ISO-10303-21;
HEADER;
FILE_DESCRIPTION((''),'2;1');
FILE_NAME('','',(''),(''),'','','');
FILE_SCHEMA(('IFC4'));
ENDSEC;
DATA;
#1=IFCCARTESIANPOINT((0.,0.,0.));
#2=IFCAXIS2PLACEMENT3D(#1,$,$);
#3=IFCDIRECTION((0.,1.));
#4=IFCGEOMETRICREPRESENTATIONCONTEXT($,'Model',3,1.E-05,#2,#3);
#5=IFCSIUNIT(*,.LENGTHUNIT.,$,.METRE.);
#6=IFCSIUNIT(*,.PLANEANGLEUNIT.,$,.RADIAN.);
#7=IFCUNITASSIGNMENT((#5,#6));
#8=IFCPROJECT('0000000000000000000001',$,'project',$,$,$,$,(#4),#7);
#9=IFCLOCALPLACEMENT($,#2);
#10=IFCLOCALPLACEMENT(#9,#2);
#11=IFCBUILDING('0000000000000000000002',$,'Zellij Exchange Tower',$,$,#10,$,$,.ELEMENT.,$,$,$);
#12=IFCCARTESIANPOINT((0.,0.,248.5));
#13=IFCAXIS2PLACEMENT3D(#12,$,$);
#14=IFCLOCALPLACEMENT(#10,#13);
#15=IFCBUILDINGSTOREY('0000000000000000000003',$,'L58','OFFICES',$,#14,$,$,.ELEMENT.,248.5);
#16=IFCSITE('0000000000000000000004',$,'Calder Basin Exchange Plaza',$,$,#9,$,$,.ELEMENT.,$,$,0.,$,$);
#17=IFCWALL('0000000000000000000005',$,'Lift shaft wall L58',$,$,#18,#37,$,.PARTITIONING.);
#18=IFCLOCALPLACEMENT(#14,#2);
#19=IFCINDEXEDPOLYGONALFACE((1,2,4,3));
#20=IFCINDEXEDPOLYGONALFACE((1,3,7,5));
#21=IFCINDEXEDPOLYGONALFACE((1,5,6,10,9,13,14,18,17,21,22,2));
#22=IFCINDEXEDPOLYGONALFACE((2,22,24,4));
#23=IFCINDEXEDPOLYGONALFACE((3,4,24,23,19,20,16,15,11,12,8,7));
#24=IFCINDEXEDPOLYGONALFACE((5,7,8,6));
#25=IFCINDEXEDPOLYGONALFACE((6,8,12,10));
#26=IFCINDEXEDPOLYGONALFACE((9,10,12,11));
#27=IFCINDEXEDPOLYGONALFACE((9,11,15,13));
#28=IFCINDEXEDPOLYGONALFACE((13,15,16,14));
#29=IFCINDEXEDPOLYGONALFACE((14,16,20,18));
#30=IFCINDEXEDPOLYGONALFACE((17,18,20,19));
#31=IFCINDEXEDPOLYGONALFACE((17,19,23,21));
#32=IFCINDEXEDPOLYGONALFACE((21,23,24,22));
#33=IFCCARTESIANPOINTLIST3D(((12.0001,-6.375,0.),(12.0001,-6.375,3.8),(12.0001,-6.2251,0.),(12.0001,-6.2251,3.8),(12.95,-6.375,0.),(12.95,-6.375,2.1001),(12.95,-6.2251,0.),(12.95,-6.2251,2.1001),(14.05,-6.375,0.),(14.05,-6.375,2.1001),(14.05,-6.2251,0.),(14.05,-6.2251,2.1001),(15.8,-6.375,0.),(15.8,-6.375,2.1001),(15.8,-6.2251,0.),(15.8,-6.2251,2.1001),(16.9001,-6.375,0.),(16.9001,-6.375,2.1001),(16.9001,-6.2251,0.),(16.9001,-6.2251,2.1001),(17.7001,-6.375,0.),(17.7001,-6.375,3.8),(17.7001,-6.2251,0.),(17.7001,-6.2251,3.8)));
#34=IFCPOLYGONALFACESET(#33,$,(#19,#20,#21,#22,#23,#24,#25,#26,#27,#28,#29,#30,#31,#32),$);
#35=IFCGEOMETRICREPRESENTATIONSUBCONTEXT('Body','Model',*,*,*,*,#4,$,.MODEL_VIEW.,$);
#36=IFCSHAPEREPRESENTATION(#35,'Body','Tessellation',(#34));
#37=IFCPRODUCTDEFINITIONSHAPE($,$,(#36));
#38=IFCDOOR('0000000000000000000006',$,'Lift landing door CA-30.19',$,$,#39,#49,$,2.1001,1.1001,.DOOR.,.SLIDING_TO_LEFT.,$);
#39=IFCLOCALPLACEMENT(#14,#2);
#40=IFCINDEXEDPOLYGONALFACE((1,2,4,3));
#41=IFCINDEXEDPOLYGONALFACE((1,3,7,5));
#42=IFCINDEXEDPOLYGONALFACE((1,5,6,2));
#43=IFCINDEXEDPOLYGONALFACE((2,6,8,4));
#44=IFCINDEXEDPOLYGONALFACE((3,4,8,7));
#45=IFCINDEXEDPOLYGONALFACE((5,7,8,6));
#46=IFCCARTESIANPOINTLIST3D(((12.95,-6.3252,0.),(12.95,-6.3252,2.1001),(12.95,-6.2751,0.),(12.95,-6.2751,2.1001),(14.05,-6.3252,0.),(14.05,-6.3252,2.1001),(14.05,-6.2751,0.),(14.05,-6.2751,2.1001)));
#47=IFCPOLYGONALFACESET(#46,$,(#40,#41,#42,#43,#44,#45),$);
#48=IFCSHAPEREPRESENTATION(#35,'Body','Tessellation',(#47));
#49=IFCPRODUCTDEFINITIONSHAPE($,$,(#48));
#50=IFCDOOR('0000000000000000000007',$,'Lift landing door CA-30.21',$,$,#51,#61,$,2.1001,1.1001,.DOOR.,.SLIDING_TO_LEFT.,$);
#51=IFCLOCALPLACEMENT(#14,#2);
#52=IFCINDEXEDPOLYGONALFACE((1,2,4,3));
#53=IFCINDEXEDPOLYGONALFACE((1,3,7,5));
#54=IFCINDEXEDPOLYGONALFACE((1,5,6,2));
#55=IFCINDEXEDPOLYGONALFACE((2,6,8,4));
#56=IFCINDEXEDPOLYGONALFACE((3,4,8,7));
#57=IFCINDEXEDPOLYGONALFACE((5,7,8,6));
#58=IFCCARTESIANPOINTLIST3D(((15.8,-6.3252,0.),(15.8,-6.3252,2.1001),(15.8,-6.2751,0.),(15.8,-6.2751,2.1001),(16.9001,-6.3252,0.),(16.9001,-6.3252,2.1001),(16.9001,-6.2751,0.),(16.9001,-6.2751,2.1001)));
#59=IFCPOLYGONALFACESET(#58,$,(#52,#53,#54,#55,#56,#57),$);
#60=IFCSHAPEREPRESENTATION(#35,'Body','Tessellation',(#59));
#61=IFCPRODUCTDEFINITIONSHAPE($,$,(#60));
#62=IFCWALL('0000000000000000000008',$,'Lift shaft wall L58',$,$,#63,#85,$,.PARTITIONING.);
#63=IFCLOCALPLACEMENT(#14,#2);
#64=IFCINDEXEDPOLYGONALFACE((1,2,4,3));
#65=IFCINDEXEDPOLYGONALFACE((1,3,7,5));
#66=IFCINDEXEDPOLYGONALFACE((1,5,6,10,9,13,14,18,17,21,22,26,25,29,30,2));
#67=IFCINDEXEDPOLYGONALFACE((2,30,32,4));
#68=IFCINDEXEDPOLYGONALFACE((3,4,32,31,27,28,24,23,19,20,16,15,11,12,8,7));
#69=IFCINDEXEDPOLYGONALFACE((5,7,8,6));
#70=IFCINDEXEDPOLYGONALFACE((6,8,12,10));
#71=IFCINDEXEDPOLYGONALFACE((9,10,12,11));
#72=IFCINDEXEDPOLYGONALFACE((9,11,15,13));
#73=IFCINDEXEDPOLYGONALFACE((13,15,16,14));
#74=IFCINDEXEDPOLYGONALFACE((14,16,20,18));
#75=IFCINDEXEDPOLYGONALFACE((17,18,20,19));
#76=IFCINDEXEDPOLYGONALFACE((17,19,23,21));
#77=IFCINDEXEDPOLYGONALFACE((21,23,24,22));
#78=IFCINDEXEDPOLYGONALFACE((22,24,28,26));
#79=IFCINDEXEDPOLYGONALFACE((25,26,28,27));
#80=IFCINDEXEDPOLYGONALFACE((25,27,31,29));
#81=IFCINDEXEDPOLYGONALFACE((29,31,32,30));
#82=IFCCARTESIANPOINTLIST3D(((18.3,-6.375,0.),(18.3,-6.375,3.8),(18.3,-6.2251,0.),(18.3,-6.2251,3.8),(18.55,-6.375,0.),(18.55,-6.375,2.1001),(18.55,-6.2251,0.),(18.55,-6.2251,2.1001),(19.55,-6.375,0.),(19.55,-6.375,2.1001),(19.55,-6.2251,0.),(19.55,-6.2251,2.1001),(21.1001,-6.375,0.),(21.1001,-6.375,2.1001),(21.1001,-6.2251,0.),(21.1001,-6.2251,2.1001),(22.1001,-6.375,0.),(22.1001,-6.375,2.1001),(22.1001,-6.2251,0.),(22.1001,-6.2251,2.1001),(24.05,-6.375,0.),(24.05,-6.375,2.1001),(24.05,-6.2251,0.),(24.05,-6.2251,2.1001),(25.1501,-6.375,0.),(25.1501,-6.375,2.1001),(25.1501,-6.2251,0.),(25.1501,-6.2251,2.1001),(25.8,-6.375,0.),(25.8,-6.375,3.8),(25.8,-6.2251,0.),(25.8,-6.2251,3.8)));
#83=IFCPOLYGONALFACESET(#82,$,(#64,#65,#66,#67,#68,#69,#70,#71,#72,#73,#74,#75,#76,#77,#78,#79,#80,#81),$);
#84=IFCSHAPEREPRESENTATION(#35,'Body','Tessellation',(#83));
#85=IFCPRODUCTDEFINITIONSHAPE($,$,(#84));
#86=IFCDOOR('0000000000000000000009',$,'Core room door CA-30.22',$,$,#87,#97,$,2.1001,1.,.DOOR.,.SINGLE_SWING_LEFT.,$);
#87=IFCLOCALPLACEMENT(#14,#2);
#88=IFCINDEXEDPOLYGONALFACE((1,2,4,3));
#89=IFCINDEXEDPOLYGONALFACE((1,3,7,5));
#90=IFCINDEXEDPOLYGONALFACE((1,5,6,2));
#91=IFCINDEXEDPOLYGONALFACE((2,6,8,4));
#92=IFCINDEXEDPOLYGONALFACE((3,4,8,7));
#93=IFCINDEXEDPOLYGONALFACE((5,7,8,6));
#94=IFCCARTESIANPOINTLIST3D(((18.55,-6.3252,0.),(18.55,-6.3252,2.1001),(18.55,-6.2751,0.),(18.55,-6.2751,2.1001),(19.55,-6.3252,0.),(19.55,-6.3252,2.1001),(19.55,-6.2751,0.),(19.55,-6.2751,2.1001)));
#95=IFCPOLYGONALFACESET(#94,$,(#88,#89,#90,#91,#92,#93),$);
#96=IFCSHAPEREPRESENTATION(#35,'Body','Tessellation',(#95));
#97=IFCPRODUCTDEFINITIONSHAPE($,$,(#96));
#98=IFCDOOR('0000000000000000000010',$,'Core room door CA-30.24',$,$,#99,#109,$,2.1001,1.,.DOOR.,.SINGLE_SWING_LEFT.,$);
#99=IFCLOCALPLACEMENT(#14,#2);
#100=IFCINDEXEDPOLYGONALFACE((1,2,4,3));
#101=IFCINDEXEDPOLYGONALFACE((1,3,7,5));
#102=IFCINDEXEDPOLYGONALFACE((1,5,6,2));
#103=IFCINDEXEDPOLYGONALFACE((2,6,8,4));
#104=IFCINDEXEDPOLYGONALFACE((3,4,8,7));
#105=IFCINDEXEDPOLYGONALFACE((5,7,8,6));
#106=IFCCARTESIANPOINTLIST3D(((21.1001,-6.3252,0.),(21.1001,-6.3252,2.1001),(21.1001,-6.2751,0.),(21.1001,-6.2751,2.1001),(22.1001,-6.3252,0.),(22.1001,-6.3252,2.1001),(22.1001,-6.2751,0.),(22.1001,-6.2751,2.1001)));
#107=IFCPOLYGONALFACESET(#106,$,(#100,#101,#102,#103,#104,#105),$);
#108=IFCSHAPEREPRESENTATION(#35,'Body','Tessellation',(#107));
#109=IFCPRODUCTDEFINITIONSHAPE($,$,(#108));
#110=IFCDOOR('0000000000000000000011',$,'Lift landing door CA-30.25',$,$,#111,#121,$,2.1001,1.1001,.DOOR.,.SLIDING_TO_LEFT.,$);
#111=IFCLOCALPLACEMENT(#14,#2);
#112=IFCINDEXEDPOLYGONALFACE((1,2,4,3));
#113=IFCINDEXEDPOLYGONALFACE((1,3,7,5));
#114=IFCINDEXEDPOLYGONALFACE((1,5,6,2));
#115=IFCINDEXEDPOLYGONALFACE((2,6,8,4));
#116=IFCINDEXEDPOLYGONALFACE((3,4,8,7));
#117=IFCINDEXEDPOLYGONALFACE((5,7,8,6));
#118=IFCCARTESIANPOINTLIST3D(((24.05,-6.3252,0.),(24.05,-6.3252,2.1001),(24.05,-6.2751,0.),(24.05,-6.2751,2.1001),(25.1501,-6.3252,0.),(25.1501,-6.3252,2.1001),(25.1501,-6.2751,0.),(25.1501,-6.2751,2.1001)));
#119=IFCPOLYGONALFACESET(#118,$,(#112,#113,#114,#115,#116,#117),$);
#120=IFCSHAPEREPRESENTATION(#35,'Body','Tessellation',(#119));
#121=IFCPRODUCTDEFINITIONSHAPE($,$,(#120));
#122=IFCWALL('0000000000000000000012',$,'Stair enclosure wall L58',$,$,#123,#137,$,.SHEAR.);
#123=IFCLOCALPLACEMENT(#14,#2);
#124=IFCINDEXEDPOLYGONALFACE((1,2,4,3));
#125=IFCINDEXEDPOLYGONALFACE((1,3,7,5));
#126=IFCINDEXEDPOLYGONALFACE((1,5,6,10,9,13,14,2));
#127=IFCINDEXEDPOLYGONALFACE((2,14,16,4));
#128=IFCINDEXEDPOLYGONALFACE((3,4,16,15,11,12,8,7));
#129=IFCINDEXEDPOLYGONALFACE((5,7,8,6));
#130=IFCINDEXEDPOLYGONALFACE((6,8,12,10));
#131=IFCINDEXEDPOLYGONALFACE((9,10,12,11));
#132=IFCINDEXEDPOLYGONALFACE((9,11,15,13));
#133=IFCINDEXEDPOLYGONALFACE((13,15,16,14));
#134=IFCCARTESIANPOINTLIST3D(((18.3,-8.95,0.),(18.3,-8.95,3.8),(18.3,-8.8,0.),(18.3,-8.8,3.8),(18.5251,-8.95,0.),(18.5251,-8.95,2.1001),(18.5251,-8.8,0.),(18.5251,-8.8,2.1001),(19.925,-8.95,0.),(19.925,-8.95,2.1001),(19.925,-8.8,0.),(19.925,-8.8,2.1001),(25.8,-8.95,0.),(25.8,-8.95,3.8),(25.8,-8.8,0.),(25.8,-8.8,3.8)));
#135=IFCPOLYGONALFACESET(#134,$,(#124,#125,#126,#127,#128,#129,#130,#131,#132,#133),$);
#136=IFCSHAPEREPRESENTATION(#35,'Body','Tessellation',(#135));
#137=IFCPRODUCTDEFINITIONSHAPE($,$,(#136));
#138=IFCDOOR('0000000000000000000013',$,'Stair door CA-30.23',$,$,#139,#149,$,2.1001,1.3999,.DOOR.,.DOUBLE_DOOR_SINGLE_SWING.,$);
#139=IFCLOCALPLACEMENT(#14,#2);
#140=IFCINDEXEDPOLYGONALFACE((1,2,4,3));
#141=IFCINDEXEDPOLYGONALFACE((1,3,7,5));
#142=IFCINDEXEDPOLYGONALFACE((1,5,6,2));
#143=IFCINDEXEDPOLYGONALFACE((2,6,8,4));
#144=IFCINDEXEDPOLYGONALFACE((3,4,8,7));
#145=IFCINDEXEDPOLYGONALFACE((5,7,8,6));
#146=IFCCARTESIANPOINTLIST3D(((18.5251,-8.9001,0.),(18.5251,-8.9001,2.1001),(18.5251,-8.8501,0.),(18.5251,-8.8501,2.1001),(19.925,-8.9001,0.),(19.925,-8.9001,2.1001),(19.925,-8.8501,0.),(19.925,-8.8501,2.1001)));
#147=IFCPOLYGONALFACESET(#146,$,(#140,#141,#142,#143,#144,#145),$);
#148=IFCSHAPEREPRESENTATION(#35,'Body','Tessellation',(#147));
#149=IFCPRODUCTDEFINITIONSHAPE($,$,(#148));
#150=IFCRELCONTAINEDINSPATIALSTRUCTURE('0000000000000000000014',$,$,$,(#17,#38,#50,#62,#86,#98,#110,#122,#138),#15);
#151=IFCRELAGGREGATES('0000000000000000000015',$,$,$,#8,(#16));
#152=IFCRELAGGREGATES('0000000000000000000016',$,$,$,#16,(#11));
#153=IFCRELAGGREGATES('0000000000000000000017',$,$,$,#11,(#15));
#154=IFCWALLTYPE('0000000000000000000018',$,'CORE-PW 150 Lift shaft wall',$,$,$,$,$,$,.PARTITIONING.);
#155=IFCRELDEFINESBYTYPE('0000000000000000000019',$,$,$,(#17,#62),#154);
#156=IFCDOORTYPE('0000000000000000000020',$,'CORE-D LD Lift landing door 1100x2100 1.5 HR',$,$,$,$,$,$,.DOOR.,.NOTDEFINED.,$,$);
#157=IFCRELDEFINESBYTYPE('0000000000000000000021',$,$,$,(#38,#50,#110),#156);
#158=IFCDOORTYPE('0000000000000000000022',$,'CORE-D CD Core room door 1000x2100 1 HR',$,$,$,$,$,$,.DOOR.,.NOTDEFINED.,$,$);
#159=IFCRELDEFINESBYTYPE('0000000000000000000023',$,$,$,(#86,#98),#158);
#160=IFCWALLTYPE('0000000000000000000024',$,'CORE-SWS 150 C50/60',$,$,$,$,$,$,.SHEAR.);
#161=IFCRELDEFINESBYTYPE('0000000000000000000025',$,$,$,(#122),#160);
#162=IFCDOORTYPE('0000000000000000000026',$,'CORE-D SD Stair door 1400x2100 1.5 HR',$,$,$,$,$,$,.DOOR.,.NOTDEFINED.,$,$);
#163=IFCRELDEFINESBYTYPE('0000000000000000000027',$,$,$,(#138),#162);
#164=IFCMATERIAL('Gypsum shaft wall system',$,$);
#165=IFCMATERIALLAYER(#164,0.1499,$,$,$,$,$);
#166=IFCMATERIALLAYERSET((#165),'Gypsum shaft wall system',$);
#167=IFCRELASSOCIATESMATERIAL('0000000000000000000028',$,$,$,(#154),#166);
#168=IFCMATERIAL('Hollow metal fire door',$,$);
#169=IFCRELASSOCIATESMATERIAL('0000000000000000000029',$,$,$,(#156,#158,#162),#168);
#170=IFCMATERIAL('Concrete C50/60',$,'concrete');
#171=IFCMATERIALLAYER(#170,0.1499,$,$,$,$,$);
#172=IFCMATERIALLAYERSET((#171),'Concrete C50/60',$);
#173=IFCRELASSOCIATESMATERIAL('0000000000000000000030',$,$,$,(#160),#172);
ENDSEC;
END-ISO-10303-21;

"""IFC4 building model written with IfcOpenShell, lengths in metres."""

from ifc_helpers import new_model, si_unit, direction, frame, frame_2d, origin, place, context, subcontext, project, spatial, rectangle, extrude, material, layer, layer_set, type_object, element, fill, save


model = new_model("IFC4")

# Units and contexts
model_context = context("Model", 3, precision=1e-05, world=origin(), true_north=direction((0.0, 1.0)))
body_context = subcontext(model_context, "Body", "Model", "MODEL_VIEW")
ifc_project = project(units=[si_unit("LENGTHUNIT", "METRE"), si_unit("PLANEANGLEUNIT", "RADIAN")], contexts=[model_context])

# Site, building, storey
site_placement = place(None, origin())
site = spatial("IfcSite", under=ifc_project, at=site_placement, Name="Calder Basin Exchange Plaza", CompositionType="ELEMENT", RefElevation=0.0)
building_placement = place(site_placement, origin())
building = spatial("IfcBuilding", under=site, at=building_placement, Name="Zellij Exchange Tower", CompositionType="ELEMENT")
storey_placement = place(building_placement, frame((0.0, 0.0, 248.5)))
storey = spatial("IfcBuildingStorey", under=building, at=storey_placement, Name="L58", Description="OFFICES", CompositionType="ELEMENT", Elevation=248.5)

# Shared definitions
ifc_material_1 = material(Name="Concrete C50/60", Category="concrete")
ifc_material_2 = material(Name="Gypsum shaft wall system")
ifc_layer_1 = layer(ifc_material_2, 0.1499)
ifc_layer_set_1 = layer_set([ifc_layer_1], Name="Gypsum shaft wall system")
wall_type_1 = type_object("IfcWallType", Name="CORE-PW 150 Lift shaft wall", PredefinedType="PARTITIONING", material=ifc_layer_set_1)

# Walls, openings, doors
wall_1_placement = place(storey_placement, frame((12.0, -6.3, 0.0), z_axis=(0.0, 0.0, 1.0), x_axis=(1.0, 0.0, 0.0)))
wall_1 = element("IfcWall", 1, at=wall_1_placement, inside=storey, type_object=wall_type_1, Name="Lift shaft wall L58", PredefinedType="PARTITIONING", context=body_context, shape_type="SweptSolid", body=[
    extrude(rectangle(XDim=5.7, YDim=0.1499, at=frame_2d((2.8501, 0.0))), origin(), (0.0, 0.0, 1.0), 3.8),
])
opening_1_placement = place(wall_1_placement, frame((0.95, 0.0, 0.0)))
opening_1 = element("IfcOpeningElement", 2, at=opening_1_placement, cuts=wall_1, PredefinedType="OPENING", context=body_context, shape_type="SweptSolid", body=[
    extrude(rectangle(XDim=1.1001, YDim=2.1001, at=frame_2d((0.55, 1.05))), frame((0.0, 0.0869, 0.0), z_axis=(0.0, -1.0, 0.0), x_axis=(1.0, 0.0, 0.0)), (0.0, 0.0, 1.0), 0.1738),
])
opening_2_placement = place(wall_1_placement, frame((3.8, 0.0, 0.0)))
opening_2 = element("IfcOpeningElement", 3, at=opening_2_placement, cuts=wall_1, PredefinedType="OPENING", context=body_context, shape_type="SweptSolid", body=[
    extrude(rectangle(XDim=1.1001, YDim=2.1001, at=frame_2d((0.55, 1.05))), frame((0.0, 0.0869, 0.0), z_axis=(0.0, -1.0, 0.0), x_axis=(1.0, 0.0, 0.0)), (0.0, 0.0, 1.0), 0.1738),
])
ifc_material_3 = material(Name="Hollow metal fire door")
door_type_1 = type_object("IfcDoorType", Name="CORE-D LD Lift landing door 1100x2100 1.5 HR", OperationType="NOTDEFINED", PredefinedType="DOOR", material=ifc_material_3)
door_1_placement = place(opening_1_placement, origin())
door_1 = element("IfcDoor", 4, at=door_1_placement, inside=storey, type_object=door_type_1, Name="Lift landing door CA-30.19", OperationType="SLIDING_TO_LEFT", OverallHeight=2.1001, OverallWidth=1.1001, PredefinedType="DOOR", context=body_context, shape_type="SweptSolid", body=[
    extrude(rectangle(XDim=1.1001, YDim=2.1001, at=frame_2d((0.55, 1.05))), frame((0.0, 0.0249, 0.0), z_axis=(0.0, -1.0, 0.0), x_axis=(1.0, 0.0, 0.0)), (0.0, 0.0, 1.0), 0.05),
])
fill(opening_1, door_1)
door_2_placement = place(opening_2_placement, origin())
door_2 = element("IfcDoor", 5, at=door_2_placement, inside=storey, type_object=door_type_1, Name="Lift landing door CA-30.21", OperationType="SLIDING_TO_LEFT", OverallHeight=2.1001, OverallWidth=1.1001, PredefinedType="DOOR", context=body_context, shape_type="SweptSolid", body=[
    extrude(rectangle(XDim=1.1001, YDim=2.1001, at=frame_2d((0.55, 1.05))), frame((0.0, 0.0249, 0.0), z_axis=(0.0, -1.0, 0.0), x_axis=(1.0, 0.0, 0.0)), (0.0, 0.0, 1.0), 0.05),
])
fill(opening_2, door_2)
wall_2_placement = place(storey_placement, frame((18.3, -6.3, 0.0), z_axis=(0.0, 0.0, 1.0), x_axis=(1.0, 0.0, 0.0)))
wall_2 = element("IfcWall", 6, at=wall_2_placement, inside=storey, type_object=wall_type_1, Name="Lift shaft wall L58", PredefinedType="PARTITIONING", context=body_context, shape_type="SweptSolid", body=[
    extrude(rectangle(XDim=7.5, YDim=0.1499, at=frame_2d((3.75, 0.0))), origin(), (0.0, 0.0, 1.0), 3.8),
])
opening_3_placement = place(wall_2_placement, frame((0.25, 0.0, 0.0)))
opening_3 = element("IfcOpeningElement", 7, at=opening_3_placement, cuts=wall_2, PredefinedType="OPENING", context=body_context, shape_type="SweptSolid", body=[
    extrude(rectangle(XDim=1.0, YDim=2.1001, at=frame_2d((0.5, 1.05))), frame((0.0, 0.0869, 0.0), z_axis=(0.0, -1.0, 0.0), x_axis=(1.0, 0.0, 0.0)), (0.0, 0.0, 1.0), 0.1738),
])
opening_4_placement = place(wall_2_placement, frame((2.8, 0.0, 0.0)))
opening_4 = element("IfcOpeningElement", 8, at=opening_4_placement, cuts=wall_2, PredefinedType="OPENING", context=body_context, shape_type="SweptSolid", body=[
    extrude(rectangle(XDim=1.0, YDim=2.1001, at=frame_2d((0.5, 1.05))), frame((0.0, 0.0869, 0.0), z_axis=(0.0, -1.0, 0.0), x_axis=(1.0, 0.0, 0.0)), (0.0, 0.0, 1.0), 0.1738),
])
opening_5_placement = place(wall_2_placement, frame((5.75, 0.0, 0.0)))
opening_5 = element("IfcOpeningElement", 9, at=opening_5_placement, cuts=wall_2, PredefinedType="OPENING", context=body_context, shape_type="SweptSolid", body=[
    extrude(rectangle(XDim=1.1001, YDim=2.1001, at=frame_2d((0.55, 1.05))), frame((0.0, 0.0869, 0.0), z_axis=(0.0, -1.0, 0.0), x_axis=(1.0, 0.0, 0.0)), (0.0, 0.0, 1.0), 0.1738),
])
door_type_2 = type_object("IfcDoorType", Name="CORE-D CD Core room door 1000x2100 1 HR", OperationType="NOTDEFINED", PredefinedType="DOOR", material=ifc_material_3)
door_3_placement = place(opening_3_placement, origin())
door_3 = element("IfcDoor", 10, at=door_3_placement, inside=storey, type_object=door_type_2, Name="Core room door CA-30.22", OperationType="SINGLE_SWING_LEFT", OverallHeight=2.1001, OverallWidth=1.0, PredefinedType="DOOR", context=body_context, shape_type="SweptSolid", body=[
    extrude(rectangle(XDim=1.0, YDim=2.1001, at=frame_2d((0.5, 1.05))), frame((0.0, 0.0249, 0.0), z_axis=(0.0, -1.0, 0.0), x_axis=(1.0, 0.0, 0.0)), (0.0, 0.0, 1.0), 0.05),
])
fill(opening_3, door_3)
door_4_placement = place(opening_4_placement, origin())
door_4 = element("IfcDoor", 11, at=door_4_placement, inside=storey, type_object=door_type_2, Name="Core room door CA-30.24", OperationType="SINGLE_SWING_LEFT", OverallHeight=2.1001, OverallWidth=1.0, PredefinedType="DOOR", context=body_context, shape_type="SweptSolid", body=[
    extrude(rectangle(XDim=1.0, YDim=2.1001, at=frame_2d((0.5, 1.05))), frame((0.0, 0.0249, 0.0), z_axis=(0.0, -1.0, 0.0), x_axis=(1.0, 0.0, 0.0)), (0.0, 0.0, 1.0), 0.05),
])
fill(opening_4, door_4)
door_5_placement = place(opening_5_placement, origin())
door_5 = element("IfcDoor", 12, at=door_5_placement, inside=storey, type_object=door_type_1, Name="Lift landing door CA-30.25", OperationType="SLIDING_TO_LEFT", OverallHeight=2.1001, OverallWidth=1.1001, PredefinedType="DOOR", context=body_context, shape_type="SweptSolid", body=[
    extrude(rectangle(XDim=1.1001, YDim=2.1001, at=frame_2d((0.55, 1.05))), frame((0.0, 0.0249, 0.0), z_axis=(0.0, -1.0, 0.0), x_axis=(1.0, 0.0, 0.0)), (0.0, 0.0, 1.0), 0.05),
])
fill(opening_5, door_5)

# Wall, opening, door
ifc_layer_2 = layer(ifc_material_1, 0.1499)
ifc_layer_set_2 = layer_set([ifc_layer_2], Name="Concrete C50/60")
wall_type_2 = type_object("IfcWallType", Name="CORE-SWS 150 C50/60", PredefinedType="SHEAR", material=ifc_layer_set_2)
wall_3_placement = place(storey_placement, frame((18.3, -8.875, 0.0), z_axis=(0.0, 0.0, 1.0), x_axis=(1.0, 0.0, 0.0)))
wall_3 = element("IfcWall", 13, at=wall_3_placement, inside=storey, type_object=wall_type_2, Name="Stair enclosure wall L58", PredefinedType="SHEAR", context=body_context, shape_type="SweptSolid", body=[
    extrude(rectangle(XDim=7.5, YDim=0.1499, at=frame_2d((3.75, 0.0))), origin(), (0.0, 0.0, 1.0), 3.8),
])
opening_6_placement = place(wall_3_placement, frame((0.2251, 0.0, 0.0)))
opening_6 = element("IfcOpeningElement", 14, at=opening_6_placement, cuts=wall_3, PredefinedType="OPENING", context=body_context, shape_type="SweptSolid", body=[
    extrude(rectangle(XDim=1.3999, YDim=2.1001, at=frame_2d((0.7, 1.05))), frame((0.0, 0.0869, 0.0), z_axis=(0.0, -1.0, 0.0), x_axis=(1.0, 0.0, 0.0)), (0.0, 0.0, 1.0), 0.1738),
])
door_type_3 = type_object("IfcDoorType", Name="CORE-D SD Stair door 1400x2100 1.5 HR", OperationType="NOTDEFINED", PredefinedType="DOOR", material=ifc_material_3)
door_6_placement = place(opening_6_placement, origin())
door_6 = element("IfcDoor", 15, at=door_6_placement, inside=storey, type_object=door_type_3, Name="Stair door CA-30.23", OperationType="DOUBLE_DOOR_SINGLE_SWING", OverallHeight=2.1001, OverallWidth=1.3999, PredefinedType="DOOR", context=body_context, shape_type="SweptSolid", body=[
    extrude(rectangle(XDim=1.3999, YDim=2.1001, at=frame_2d((0.7, 1.05))), frame((0.0, 0.0249, 0.0), z_axis=(0.0, -1.0, 0.0), x_axis=(1.0, 0.0, 0.0)), (0.0, 0.0, 1.0), 0.05),
])
fill(opening_6, door_6)

save(model, "model.ifc")
